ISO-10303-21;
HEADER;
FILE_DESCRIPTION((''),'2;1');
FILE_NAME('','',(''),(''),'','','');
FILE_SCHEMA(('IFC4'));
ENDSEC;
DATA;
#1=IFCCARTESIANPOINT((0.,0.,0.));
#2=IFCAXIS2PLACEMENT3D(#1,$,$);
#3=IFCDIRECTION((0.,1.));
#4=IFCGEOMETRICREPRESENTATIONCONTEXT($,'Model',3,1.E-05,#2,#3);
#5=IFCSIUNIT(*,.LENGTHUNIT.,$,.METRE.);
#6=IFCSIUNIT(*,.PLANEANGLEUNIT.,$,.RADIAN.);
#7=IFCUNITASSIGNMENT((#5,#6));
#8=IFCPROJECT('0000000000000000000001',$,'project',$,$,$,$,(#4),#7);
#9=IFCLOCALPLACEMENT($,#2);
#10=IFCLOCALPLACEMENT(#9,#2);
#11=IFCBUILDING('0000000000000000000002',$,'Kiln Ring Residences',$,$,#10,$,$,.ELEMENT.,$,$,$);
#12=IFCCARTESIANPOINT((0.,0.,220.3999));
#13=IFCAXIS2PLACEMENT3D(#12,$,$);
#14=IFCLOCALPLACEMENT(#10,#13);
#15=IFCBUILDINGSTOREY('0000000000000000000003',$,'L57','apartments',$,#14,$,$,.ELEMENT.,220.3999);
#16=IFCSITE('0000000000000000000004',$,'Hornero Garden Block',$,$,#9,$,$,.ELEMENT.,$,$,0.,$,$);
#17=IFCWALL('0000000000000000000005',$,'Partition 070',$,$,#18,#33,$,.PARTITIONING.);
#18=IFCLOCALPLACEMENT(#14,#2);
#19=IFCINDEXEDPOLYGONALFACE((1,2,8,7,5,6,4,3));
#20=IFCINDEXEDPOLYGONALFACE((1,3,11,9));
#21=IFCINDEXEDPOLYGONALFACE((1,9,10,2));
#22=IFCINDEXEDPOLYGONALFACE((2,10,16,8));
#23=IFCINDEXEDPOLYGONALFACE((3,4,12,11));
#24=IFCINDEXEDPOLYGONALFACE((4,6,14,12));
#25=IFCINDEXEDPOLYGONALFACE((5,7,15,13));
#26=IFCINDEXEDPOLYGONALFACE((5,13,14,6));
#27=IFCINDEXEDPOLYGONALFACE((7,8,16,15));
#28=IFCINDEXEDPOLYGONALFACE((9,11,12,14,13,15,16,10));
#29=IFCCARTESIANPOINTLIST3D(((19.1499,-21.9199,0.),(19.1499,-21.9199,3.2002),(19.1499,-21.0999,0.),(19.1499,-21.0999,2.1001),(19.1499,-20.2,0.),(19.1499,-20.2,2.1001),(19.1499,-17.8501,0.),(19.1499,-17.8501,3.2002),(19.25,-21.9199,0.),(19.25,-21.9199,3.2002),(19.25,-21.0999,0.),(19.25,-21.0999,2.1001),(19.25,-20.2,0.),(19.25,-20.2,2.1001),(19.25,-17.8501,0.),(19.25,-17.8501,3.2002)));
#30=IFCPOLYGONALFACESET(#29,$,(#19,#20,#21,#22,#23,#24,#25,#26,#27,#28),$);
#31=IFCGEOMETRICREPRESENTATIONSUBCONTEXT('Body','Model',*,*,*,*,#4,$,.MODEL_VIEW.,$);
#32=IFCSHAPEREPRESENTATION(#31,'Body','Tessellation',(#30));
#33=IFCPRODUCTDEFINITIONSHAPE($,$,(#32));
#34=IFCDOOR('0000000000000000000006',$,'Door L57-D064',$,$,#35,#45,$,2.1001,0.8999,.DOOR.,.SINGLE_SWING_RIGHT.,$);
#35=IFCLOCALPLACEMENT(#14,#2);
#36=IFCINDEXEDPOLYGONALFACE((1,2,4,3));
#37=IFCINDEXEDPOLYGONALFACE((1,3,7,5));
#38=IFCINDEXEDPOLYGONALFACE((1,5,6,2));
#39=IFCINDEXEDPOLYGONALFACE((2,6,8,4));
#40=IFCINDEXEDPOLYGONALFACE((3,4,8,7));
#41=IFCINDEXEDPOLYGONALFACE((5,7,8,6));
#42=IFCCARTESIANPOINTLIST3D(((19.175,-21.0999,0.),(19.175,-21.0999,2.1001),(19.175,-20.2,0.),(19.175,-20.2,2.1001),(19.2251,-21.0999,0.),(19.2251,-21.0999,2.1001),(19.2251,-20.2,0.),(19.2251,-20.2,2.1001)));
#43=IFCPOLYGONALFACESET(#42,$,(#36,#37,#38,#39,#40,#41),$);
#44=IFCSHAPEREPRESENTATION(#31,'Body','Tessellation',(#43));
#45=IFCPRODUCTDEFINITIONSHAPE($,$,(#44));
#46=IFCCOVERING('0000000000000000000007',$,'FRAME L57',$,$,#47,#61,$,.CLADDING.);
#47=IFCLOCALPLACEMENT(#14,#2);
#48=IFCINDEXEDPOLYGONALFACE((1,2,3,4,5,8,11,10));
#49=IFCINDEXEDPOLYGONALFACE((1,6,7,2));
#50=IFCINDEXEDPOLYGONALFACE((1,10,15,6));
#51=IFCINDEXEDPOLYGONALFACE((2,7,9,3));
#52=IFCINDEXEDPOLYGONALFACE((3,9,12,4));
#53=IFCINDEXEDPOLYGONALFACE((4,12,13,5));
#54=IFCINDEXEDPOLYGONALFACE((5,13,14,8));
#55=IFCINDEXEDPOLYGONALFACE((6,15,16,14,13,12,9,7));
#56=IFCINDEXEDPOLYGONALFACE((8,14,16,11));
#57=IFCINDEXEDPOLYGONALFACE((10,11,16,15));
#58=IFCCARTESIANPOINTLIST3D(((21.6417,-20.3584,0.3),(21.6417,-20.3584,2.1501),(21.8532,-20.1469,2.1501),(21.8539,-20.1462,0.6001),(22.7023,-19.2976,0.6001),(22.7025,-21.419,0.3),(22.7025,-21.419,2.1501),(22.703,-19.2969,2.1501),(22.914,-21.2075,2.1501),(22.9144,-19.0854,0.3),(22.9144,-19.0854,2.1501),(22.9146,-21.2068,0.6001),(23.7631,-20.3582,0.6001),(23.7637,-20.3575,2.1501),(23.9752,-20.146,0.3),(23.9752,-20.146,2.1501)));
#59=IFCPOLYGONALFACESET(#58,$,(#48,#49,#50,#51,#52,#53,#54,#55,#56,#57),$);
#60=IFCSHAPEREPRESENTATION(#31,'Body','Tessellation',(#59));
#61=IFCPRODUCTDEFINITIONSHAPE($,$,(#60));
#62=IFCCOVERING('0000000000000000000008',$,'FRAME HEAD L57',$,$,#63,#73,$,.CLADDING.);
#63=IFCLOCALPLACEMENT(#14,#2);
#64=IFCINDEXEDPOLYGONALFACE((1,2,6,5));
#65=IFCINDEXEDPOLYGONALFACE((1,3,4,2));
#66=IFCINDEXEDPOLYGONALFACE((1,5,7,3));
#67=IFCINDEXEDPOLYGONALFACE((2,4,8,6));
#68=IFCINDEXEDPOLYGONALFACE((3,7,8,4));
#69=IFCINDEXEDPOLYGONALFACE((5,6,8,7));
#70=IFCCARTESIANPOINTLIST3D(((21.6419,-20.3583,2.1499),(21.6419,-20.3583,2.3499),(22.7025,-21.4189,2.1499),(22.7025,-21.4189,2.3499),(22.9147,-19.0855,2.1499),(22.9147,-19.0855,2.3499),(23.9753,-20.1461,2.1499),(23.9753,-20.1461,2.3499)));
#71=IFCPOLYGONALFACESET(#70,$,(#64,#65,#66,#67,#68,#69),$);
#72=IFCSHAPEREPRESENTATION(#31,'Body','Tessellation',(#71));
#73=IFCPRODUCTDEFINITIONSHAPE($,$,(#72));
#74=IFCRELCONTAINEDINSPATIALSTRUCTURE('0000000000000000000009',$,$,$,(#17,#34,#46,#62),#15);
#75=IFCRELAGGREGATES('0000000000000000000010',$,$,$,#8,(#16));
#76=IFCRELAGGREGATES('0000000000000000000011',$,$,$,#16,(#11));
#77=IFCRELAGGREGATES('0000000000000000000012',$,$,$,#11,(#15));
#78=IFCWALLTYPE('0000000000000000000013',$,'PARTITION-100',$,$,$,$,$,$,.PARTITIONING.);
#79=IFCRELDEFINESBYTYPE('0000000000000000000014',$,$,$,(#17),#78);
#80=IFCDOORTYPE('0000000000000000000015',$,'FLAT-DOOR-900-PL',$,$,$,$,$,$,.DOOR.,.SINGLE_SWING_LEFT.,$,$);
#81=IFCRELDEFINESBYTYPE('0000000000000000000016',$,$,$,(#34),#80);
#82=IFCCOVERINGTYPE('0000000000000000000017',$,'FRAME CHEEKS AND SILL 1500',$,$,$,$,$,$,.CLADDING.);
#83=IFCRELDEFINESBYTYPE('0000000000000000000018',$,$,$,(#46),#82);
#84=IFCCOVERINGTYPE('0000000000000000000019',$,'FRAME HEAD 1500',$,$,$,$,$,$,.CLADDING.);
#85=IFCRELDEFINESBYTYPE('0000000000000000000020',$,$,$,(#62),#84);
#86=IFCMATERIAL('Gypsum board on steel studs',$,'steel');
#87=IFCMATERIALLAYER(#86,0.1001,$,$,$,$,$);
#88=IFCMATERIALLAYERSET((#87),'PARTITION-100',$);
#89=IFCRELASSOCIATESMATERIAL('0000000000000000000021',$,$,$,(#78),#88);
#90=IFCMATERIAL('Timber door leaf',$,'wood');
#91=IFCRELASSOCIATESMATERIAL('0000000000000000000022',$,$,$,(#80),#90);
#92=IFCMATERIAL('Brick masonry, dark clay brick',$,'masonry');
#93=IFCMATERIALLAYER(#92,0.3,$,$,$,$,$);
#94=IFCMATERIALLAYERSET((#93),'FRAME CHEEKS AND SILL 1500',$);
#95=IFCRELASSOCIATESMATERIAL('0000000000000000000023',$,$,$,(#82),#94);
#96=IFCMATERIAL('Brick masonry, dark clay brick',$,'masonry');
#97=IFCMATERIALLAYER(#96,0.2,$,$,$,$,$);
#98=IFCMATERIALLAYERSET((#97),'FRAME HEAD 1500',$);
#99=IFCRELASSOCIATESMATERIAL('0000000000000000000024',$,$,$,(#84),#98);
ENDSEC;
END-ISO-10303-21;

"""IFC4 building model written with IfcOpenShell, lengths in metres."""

from ifc_helpers import new_model, si_unit, direction, frame, frame_2d, origin, origin_2d, place, context, subcontext, project, spatial, polyline, rectangle, outline, extrude, material, layer, layer_set, type_object, element, fill, save


model = new_model("IFC4")

# Units and contexts
model_context = context("Model", 3, precision=1e-05, world=origin(), true_north=direction((0.0, 1.0)))
body_context = subcontext(model_context, "Body", "Model", "MODEL_VIEW")
ifc_project = project(units=[si_unit("LENGTHUNIT", "METRE"), si_unit("PLANEANGLEUNIT", "RADIAN")], contexts=[model_context])

# Site, building, storey
site_placement = place(None, origin())
site = spatial("IfcSite", under=ifc_project, at=site_placement, Name="Hornero Garden Block", CompositionType="ELEMENT", RefElevation=0.0)
building_placement = place(site_placement, origin())
building = spatial("IfcBuilding", under=site, at=building_placement, Name="Kiln Ring Residences", CompositionType="ELEMENT")
storey_placement = place(building_placement, frame((0.0, 0.0, 220.3999)))
storey = spatial("IfcBuildingStorey", under=building, at=storey_placement, Name="L57", Description="apartments", CompositionType="ELEMENT", Elevation=220.3999)

# Wall, opening, door
ifc_material_1 = material(Name="Gypsum board on steel studs", Category="steel")
ifc_layer_1 = layer(ifc_material_1, 0.1001)
ifc_layer_set_1 = layer_set([ifc_layer_1], Name="PARTITION-100")
wall_type_1 = type_object("IfcWallType", Name="PARTITION-100", PredefinedType="PARTITIONING", material=ifc_layer_set_1)
wall_1_placement = place(storey_placement, frame((19.2, -21.9199, 0.0), z_axis=(0.0, 0.0, 1.0), x_axis=(0.0, 1.0, 0.0)))
wall_1 = element("IfcWall", 1, at=wall_1_placement, inside=storey, type_object=wall_type_1, Name="Partition 070", PredefinedType="PARTITIONING", context=body_context, shape_type="SweptSolid", body=[
    extrude(rectangle(XDim=4.0698, YDim=0.1001, at=frame_2d((2.0349, 0.0))), origin(), (0.0, 0.0, 1.0), 3.2002),
])
opening_1_placement = place(wall_1_placement, frame((0.8201, 0.0, 0.0)))
opening_1 = element("IfcOpeningElement", 2, at=opening_1_placement, cuts=wall_1, PredefinedType="OPENING", context=body_context, shape_type="SweptSolid", body=[
    extrude(rectangle(XDim=0.8999, YDim=2.1001, at=frame_2d((0.45, 1.05))), frame((0.0, 0.0601, 0.0), z_axis=(0.0, -1.0, 0.0), x_axis=(1.0, 0.0, 0.0)), (0.0, 0.0, 1.0), 0.1201),
])
ifc_material_2 = material(Name="Timber door leaf", Category="wood")
door_type = type_object("IfcDoorType", Name="FLAT-DOOR-900-PL", OperationType="SINGLE_SWING_LEFT", PredefinedType="DOOR", material=ifc_material_2)
door_placement = place(opening_1_placement, origin())
door = element("IfcDoor", 3, at=door_placement, inside=storey, type_object=door_type, Name="Door L57-D064", OperationType="SINGLE_SWING_RIGHT", OverallHeight=2.1001, OverallWidth=0.8999, PredefinedType="DOOR", context=body_context, shape_type="SweptSolid", body=[
    extrude(rectangle(XDim=0.8999, YDim=2.1001, at=frame_2d((0.45, 1.05))), frame((0.0, 0.0249, 0.0), z_axis=(0.0, -1.0, 0.0), x_axis=(1.0, 0.0, 0.0)), (0.0, 0.0, 1.0), 0.05),
])
fill(opening_1, door)

# Coverings
ifc_material_3 = material(Name="Brick masonry, dark clay brick", Category="masonry")
ifc_layer_2 = layer(ifc_material_3, 0.3)
ifc_layer_set_2 = layer_set([ifc_layer_2], Name="FRAME CHEEKS AND SILL 1500")
covering_type_1 = type_object("IfcCoveringType", Name="FRAME CHEEKS AND SILL 1500", PredefinedType="CLADDING", material=ifc_layer_set_2)
covering_1_placement = place(storey_placement, frame((22.1721, -20.8887, 0.3), z_axis=(0.0, 0.0, 1.0), x_axis=(0.707039, 0.707175, 0.0)))
element("IfcCovering", 4, at=covering_1_placement, inside=storey, type_object=covering_type_1, Name="FRAME L57", PredefinedType="CLADDING", context=body_context, shape_type="SweptSolid", body=[
    extrude(outline(polyline([(0.0, 0.0), (1.8, 0.0), (1.8, 1.8501), (1.501, 1.8501), (1.5, 0.3), (0.3, 0.3), (0.2991, 1.8501), (0.0, 1.8501), (0.0, 0.0)])), frame((0.0, 0.75, 0.0), z_axis=(0.0, -1.0, 0.0), x_axis=(1.0, 0.0, 0.0)), (0.0, 0.0, 1.0), 1.5),
])
ifc_material_4 = material(Name="Brick masonry, dark clay brick", Category="masonry")
ifc_layer_3 = layer(ifc_material_4, 0.2)
ifc_layer_set_3 = layer_set([ifc_layer_3], Name="FRAME HEAD 1500")
covering_type_2 = type_object("IfcCoveringType", Name="FRAME HEAD 1500", PredefinedType="CLADDING", material=ifc_layer_set_3)
covering_2_placement = place(storey_placement, frame((22.8086, -20.2522, 2.1499), z_axis=(0.0, 0.0, 1.0), x_axis=(0.707107, 0.707107, 0.0)))
element("IfcCovering", 5, at=covering_2_placement, inside=storey, type_object=covering_type_2, Name="FRAME HEAD L57", PredefinedType="CLADDING", context=body_context, shape_type="SweptSolid", body=[
    extrude(rectangle(XDim=1.8, YDim=1.5, at=origin_2d()), origin(), (0.0, 0.0, 1.0), 0.2),
])

save(model, "model.ifc")
